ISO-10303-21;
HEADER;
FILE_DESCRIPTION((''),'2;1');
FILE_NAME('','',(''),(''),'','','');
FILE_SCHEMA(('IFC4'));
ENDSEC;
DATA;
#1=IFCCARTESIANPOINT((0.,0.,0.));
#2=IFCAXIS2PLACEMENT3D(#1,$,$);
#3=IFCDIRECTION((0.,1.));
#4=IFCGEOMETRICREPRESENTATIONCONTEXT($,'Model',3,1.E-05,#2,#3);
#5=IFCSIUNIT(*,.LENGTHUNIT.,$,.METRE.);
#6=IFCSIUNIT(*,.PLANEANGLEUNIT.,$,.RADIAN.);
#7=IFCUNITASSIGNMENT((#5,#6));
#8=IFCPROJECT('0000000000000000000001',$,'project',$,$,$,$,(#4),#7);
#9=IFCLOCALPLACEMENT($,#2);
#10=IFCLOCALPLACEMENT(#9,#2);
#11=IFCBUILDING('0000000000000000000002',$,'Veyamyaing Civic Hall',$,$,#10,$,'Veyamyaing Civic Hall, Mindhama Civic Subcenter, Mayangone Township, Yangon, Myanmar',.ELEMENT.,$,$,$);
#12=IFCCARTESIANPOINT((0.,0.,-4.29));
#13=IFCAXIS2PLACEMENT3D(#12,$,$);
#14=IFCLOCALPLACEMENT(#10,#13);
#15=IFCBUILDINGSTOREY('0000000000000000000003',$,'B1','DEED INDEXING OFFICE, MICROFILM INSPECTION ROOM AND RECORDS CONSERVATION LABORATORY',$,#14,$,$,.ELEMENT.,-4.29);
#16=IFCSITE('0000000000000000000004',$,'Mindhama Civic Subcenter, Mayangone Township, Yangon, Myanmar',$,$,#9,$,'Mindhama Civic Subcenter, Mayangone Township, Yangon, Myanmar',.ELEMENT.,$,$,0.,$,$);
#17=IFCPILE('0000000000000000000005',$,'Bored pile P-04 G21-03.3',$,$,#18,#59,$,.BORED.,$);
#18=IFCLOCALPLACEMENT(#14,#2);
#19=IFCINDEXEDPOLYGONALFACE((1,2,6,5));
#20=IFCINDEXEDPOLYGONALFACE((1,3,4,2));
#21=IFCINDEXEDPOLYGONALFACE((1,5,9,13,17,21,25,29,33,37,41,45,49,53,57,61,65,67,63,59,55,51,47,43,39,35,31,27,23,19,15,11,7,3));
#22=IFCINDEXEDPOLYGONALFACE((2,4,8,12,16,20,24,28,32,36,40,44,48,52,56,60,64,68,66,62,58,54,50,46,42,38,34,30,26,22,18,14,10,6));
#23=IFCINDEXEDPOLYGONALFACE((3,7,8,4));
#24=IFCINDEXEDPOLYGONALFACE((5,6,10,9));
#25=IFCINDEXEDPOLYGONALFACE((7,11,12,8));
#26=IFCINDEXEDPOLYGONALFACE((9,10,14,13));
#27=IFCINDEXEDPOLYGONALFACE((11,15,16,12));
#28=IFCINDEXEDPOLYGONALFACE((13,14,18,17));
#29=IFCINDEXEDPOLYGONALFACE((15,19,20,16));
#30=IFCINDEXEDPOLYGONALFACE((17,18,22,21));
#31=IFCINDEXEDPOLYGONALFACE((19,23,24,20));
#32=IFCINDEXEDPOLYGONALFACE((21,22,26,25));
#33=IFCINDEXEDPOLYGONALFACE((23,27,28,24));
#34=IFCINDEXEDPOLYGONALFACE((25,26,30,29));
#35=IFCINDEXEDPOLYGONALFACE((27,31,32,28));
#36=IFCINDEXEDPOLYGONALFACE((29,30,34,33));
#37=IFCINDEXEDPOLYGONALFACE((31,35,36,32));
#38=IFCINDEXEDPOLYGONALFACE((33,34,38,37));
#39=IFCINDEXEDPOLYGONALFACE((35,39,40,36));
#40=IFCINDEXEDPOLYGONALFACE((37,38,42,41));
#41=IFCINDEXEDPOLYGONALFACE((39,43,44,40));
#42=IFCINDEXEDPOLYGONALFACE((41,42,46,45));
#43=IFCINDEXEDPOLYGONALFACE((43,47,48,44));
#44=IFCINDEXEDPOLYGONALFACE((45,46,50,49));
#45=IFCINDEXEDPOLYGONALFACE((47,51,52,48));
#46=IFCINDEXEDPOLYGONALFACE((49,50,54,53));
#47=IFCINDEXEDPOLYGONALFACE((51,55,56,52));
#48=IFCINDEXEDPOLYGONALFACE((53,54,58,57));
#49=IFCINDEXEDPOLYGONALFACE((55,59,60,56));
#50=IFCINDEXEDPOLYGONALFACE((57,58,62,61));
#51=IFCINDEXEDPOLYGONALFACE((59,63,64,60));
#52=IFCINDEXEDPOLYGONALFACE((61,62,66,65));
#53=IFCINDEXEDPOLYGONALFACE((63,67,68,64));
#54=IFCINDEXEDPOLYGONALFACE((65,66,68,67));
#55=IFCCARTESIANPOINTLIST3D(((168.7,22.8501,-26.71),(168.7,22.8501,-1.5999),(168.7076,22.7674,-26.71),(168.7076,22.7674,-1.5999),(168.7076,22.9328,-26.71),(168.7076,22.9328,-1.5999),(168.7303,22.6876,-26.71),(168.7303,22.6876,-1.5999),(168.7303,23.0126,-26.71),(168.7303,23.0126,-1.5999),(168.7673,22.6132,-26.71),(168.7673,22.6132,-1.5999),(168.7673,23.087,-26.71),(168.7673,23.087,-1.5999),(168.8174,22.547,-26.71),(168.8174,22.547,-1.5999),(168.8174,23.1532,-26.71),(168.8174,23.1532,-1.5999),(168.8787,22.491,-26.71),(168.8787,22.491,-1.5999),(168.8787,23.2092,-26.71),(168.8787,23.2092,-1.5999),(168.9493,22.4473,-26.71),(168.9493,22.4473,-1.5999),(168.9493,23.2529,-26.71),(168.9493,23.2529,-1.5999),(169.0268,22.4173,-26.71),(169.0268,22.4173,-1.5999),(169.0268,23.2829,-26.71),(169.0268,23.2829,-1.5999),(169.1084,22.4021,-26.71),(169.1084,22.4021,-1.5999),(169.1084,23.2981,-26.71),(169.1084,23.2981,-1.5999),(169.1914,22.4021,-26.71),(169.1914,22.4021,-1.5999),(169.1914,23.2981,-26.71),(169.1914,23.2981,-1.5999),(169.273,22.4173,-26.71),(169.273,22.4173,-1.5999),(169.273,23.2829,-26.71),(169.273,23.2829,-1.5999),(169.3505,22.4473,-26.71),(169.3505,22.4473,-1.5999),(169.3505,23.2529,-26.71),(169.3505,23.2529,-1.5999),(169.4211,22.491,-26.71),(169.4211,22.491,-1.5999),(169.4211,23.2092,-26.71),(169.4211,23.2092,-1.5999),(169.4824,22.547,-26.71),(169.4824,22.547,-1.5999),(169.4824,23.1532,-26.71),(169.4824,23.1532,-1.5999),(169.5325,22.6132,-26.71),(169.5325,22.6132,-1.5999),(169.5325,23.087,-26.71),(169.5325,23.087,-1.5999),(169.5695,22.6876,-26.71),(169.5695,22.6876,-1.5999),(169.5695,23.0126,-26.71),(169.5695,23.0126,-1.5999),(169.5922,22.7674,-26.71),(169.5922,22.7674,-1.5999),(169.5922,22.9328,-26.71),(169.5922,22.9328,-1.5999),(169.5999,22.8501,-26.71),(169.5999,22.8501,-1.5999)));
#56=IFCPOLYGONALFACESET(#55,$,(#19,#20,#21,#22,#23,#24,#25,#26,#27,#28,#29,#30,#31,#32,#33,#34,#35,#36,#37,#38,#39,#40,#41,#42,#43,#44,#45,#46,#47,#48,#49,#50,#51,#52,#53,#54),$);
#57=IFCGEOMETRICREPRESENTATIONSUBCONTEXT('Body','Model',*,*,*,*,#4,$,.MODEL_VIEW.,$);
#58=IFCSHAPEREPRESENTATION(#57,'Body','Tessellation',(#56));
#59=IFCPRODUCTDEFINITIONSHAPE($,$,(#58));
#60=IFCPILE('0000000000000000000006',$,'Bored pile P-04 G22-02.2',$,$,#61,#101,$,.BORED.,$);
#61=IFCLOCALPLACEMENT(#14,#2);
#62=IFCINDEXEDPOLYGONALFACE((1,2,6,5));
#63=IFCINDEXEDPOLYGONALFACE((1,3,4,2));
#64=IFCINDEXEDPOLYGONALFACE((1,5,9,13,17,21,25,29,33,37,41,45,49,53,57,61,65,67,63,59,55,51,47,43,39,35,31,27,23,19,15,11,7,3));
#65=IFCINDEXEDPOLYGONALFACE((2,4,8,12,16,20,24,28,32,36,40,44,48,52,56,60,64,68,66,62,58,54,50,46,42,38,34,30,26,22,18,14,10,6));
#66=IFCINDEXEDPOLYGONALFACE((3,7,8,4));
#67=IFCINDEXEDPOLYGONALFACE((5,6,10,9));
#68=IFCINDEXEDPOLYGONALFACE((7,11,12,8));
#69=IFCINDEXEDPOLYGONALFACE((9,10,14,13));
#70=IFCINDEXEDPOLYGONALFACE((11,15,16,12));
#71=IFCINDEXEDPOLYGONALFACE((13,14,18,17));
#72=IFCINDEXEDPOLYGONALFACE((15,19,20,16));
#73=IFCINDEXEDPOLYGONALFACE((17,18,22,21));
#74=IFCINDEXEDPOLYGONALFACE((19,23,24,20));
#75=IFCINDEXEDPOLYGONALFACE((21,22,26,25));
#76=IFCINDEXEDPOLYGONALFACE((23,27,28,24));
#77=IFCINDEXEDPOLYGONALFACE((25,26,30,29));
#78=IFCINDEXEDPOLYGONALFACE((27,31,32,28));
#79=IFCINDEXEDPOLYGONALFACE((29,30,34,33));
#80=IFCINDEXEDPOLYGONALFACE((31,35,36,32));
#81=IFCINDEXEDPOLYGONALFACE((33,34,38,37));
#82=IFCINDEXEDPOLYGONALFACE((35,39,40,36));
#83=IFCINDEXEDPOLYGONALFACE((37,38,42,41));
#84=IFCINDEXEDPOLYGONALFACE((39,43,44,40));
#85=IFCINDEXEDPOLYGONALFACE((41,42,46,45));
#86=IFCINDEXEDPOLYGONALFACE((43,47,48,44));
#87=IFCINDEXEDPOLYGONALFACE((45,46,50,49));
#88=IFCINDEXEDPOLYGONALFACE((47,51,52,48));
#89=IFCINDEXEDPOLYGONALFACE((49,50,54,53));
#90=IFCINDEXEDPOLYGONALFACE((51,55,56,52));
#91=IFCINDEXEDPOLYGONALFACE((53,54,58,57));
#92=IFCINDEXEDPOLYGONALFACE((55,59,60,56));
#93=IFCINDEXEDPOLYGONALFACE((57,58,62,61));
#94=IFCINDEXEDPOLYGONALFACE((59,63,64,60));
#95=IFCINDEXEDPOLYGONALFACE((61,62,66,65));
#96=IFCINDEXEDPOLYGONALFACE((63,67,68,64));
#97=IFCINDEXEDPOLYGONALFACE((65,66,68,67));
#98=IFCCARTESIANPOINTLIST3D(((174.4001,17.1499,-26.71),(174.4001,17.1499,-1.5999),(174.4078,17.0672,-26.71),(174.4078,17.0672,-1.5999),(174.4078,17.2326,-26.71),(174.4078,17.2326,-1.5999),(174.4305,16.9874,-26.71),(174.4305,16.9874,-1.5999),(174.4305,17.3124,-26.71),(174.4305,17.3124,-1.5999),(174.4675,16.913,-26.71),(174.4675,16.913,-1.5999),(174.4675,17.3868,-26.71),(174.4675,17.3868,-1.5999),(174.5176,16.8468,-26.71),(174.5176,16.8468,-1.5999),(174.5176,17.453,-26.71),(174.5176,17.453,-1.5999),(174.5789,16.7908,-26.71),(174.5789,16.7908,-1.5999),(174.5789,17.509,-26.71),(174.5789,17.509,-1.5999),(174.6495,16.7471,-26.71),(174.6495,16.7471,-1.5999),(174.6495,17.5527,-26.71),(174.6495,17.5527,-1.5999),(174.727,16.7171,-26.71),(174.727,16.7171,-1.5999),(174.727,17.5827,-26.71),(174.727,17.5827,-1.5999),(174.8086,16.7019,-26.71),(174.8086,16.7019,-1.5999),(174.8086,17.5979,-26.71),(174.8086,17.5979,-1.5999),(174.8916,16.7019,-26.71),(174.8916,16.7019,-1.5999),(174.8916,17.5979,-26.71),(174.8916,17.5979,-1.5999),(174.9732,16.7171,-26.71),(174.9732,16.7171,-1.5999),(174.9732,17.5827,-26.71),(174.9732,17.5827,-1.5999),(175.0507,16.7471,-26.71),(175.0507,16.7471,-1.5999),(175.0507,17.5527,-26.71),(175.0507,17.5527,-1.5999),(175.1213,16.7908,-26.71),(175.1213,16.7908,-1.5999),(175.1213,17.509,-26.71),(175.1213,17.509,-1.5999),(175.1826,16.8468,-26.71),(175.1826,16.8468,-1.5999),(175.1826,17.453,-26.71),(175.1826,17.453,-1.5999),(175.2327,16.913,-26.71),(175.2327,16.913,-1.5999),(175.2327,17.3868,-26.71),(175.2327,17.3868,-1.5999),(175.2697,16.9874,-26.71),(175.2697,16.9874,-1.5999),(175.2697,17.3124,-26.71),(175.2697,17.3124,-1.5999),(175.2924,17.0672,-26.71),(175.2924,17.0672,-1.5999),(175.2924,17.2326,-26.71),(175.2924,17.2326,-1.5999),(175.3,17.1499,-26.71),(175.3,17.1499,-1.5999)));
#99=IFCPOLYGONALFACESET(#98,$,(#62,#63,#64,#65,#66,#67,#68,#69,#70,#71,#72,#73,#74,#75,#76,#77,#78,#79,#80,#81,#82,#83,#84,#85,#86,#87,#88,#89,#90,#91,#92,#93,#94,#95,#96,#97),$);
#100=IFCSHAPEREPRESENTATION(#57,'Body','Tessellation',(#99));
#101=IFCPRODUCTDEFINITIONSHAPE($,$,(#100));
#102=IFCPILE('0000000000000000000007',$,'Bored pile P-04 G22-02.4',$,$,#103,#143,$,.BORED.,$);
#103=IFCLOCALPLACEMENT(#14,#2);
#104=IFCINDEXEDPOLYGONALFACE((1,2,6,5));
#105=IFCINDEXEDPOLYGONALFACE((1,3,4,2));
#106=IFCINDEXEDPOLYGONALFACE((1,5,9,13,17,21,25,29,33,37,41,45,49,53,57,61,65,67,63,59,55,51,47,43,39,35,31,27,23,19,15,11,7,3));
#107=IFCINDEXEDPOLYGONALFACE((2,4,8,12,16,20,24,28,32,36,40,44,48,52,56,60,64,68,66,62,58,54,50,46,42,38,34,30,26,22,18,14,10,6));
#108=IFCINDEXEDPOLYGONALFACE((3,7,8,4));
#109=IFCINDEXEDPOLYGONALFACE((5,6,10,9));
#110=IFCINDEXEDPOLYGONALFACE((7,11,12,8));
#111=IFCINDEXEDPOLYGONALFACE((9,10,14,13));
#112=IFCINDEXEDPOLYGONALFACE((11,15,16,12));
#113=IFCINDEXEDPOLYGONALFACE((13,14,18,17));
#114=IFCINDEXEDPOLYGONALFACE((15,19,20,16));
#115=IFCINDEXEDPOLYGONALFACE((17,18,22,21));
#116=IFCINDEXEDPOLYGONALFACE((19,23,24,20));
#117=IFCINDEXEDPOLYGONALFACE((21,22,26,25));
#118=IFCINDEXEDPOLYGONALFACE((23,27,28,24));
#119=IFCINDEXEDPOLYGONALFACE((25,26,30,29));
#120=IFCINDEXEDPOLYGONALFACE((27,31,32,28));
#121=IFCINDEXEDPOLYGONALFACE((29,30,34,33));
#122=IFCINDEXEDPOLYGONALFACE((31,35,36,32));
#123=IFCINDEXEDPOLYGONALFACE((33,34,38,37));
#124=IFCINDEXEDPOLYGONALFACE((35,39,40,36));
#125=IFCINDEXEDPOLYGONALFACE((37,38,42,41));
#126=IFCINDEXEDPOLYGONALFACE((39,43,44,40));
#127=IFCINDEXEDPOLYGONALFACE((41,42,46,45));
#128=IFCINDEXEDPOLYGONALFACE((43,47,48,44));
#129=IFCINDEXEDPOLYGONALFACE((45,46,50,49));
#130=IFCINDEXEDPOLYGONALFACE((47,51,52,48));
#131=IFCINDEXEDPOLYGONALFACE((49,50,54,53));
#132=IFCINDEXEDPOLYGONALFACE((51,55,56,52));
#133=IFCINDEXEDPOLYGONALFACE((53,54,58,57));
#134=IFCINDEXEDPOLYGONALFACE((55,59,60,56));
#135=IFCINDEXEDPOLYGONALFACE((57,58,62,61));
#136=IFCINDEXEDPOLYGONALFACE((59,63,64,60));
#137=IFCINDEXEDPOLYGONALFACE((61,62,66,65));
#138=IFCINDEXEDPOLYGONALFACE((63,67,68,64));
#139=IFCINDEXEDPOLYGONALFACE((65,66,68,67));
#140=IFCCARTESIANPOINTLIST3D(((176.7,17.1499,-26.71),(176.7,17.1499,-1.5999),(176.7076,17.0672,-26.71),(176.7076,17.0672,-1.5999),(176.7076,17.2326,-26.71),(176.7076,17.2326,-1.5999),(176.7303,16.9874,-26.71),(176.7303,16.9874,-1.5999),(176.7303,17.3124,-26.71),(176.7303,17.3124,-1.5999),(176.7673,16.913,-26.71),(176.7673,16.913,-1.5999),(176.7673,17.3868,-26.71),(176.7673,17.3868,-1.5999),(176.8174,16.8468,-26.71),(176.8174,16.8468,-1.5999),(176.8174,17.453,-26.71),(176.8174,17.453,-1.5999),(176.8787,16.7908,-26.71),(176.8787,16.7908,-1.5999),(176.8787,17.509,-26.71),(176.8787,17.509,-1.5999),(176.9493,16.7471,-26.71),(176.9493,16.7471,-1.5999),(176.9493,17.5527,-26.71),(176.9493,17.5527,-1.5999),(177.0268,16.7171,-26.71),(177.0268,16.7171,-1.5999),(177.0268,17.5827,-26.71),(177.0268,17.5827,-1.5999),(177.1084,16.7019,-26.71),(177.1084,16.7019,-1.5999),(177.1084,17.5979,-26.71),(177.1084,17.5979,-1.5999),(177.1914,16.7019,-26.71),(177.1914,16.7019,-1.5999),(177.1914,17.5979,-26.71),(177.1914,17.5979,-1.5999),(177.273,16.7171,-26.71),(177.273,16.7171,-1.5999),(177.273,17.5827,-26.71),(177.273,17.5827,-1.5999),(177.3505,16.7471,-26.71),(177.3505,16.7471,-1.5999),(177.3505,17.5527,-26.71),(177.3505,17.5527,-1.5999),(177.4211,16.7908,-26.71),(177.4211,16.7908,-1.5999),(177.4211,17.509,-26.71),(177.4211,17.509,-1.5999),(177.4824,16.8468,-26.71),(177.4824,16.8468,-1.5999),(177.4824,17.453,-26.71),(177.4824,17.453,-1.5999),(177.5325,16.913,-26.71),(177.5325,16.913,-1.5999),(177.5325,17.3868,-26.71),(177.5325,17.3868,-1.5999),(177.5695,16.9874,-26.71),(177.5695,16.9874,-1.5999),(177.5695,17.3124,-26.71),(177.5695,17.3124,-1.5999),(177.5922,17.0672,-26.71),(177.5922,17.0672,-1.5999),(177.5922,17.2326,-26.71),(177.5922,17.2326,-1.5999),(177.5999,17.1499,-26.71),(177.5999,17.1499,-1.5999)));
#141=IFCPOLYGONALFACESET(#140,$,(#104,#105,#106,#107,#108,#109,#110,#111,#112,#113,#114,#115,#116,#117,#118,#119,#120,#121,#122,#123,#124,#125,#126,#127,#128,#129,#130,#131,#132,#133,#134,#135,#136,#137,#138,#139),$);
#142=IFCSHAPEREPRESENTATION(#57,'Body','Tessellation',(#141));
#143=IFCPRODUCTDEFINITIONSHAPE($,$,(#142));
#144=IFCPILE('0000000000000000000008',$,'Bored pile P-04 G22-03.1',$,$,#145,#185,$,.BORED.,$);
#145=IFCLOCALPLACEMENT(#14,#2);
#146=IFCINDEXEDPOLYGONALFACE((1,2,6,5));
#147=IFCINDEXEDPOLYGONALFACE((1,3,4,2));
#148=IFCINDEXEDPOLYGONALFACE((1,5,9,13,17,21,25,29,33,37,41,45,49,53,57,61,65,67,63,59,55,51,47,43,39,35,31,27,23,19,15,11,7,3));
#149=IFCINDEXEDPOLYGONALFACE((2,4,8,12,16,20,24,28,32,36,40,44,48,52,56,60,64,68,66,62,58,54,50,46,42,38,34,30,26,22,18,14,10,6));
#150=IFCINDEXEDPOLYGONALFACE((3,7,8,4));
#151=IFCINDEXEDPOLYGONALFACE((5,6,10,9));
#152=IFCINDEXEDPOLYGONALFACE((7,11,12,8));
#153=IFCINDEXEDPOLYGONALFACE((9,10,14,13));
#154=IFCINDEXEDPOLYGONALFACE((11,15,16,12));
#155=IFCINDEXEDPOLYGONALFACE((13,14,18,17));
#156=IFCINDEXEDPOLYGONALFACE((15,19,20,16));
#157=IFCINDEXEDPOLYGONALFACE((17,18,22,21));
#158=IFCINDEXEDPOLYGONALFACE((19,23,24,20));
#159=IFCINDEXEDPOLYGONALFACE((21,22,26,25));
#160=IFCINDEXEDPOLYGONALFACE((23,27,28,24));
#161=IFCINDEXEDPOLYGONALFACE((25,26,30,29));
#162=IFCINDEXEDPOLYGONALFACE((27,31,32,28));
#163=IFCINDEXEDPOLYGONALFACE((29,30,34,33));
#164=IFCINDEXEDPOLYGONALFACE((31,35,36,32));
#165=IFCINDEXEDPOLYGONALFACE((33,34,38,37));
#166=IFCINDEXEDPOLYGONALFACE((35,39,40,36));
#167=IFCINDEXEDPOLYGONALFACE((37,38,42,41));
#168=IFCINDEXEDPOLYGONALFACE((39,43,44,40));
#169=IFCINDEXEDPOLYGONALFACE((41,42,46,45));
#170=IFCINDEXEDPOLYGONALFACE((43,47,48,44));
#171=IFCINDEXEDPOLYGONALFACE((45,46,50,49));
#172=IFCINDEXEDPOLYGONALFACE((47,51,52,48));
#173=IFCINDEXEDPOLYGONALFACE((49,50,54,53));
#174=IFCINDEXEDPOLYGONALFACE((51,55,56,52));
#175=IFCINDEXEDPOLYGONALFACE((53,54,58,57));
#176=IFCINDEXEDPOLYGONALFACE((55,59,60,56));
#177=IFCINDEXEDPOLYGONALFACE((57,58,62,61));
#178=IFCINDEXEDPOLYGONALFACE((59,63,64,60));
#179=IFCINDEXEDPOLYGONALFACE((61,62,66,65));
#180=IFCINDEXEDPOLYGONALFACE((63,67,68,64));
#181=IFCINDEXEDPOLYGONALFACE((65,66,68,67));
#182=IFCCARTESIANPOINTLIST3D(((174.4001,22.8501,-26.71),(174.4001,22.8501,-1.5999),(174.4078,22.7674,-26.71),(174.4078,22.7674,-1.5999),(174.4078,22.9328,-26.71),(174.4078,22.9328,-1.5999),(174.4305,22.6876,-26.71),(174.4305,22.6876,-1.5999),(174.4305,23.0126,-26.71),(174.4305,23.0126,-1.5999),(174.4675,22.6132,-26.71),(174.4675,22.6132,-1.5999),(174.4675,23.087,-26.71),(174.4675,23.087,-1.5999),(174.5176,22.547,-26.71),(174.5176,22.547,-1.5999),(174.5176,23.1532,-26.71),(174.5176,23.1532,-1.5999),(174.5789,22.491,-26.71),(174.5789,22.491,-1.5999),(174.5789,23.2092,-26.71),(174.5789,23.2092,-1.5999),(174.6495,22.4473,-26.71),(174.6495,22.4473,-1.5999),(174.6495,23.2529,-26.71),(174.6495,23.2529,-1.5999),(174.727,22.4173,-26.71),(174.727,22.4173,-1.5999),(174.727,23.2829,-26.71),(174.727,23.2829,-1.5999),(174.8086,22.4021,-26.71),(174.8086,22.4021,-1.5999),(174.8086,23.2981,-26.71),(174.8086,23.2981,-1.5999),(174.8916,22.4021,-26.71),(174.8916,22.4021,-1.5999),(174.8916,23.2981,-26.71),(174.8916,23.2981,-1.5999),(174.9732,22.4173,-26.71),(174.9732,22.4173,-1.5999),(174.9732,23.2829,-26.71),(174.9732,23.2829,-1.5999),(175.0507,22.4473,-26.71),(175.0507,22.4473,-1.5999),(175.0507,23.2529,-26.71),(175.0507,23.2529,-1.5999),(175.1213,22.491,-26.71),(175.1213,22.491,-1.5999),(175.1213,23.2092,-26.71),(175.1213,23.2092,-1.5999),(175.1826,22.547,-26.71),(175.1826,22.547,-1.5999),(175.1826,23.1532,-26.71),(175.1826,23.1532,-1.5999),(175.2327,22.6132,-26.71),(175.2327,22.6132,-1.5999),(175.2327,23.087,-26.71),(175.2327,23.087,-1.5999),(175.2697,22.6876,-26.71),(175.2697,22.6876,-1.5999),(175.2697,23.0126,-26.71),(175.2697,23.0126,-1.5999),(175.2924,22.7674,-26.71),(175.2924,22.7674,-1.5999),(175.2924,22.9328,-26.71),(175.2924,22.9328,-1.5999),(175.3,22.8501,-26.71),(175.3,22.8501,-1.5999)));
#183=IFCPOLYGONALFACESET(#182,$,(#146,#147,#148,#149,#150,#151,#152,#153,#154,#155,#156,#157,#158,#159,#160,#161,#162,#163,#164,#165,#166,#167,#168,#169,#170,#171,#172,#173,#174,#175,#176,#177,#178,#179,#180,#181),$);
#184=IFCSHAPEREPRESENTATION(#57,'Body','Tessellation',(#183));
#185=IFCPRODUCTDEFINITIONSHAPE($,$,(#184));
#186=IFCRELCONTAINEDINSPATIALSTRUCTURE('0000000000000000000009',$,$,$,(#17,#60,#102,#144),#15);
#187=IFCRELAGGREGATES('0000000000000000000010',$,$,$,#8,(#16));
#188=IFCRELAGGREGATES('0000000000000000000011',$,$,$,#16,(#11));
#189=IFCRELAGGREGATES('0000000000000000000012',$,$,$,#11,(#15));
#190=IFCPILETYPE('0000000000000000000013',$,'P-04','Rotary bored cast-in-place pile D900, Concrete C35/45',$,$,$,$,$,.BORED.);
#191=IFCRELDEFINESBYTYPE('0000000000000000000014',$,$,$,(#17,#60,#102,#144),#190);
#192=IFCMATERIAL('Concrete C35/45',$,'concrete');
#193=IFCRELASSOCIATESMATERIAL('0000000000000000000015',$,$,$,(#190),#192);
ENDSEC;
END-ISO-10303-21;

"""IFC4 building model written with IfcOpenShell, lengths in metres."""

from ifc_helpers import new_model, si_unit, direction, frame, origin, origin_2d, place, context, subcontext, project, spatial, circle, extrude, material, material_profile, profile_set, type_object, element, save


model = new_model("IFC4")

# Units and contexts
model_context = context("Model", 3, precision=1e-05, world=origin(), true_north=direction((0.0, 1.0)))
body_context = subcontext(model_context, "Body", "Model", "MODEL_VIEW")
ifc_project = project(units=[si_unit("LENGTHUNIT", "METRE"), si_unit("PLANEANGLEUNIT", "RADIAN")], contexts=[model_context])

# Site, building, storey
site_placement = place(None, origin())
site = spatial("IfcSite", under=ifc_project, at=site_placement, Name="Mindhama Civic Subcenter, Mayangone Township, Yangon, Myanmar", LongName="Mindhama Civic Subcenter, Mayangone Township, Yangon, Myanmar", CompositionType="ELEMENT", RefElevation=0.0)
building_placement = place(site_placement, origin())
building = spatial("IfcBuilding", under=site, at=building_placement, Name="Veyamyaing Civic Hall", LongName="Veyamyaing Civic Hall, Mindhama Civic Subcenter, Mayangone Township, Yangon, Myanmar", CompositionType="ELEMENT")
storey_placement = place(building_placement, frame((0.0, 0.0, -4.29)))
storey = spatial("IfcBuildingStorey", under=building, at=storey_placement, Name="B1", Description="DEED INDEXING OFFICE, MICROFILM INSPECTION ROOM AND RECORDS CONSERVATION LABORATORY", CompositionType="ELEMENT", Elevation=-4.29)

# Piles
ifc_material_1 = material(Name="Concrete C35/45", Category="concrete")
ifc_material_profile_1 = material_profile(ifc_material_1, circle(Radius=0.45, at=origin_2d()), Name="PILE-D900")
ifc_profile_set_1 = profile_set([ifc_material_profile_1], Name="Concrete C35/45")
pile_type = type_object("IfcPileType", Name="P-04", Description="Rotary bored cast-in-place pile D900, Concrete C35/45", PredefinedType="BORED", material=ifc_profile_set_1)
for number, where, z_axis, x_axis, name in (
    (1, (169.1499, 22.8501, -1.5999), (0.0, 0.0, -1.0), (1.0, 0.0, 0.0), "Bored pile P-04 G21-03.3"),
    (2, (174.8501, 17.1499, -1.5999), (0.0, 0.0, -1.0), (1.0, 0.0, 0.0), "Bored pile P-04 G22-02.2"),
    (3, (177.1499, 17.1499, -1.5999), (0.0, 0.0, -1.0), (1.0, 0.0, 0.0), "Bored pile P-04 G22-02.4"),
    (4, (174.8501, 22.8501, -1.5999), (0.0, 0.0, -1.0), (1.0, 0.0, 0.0), "Bored pile P-04 G22-03.1"),
):
    element("IfcPile", number, at=place(storey_placement, frame(where, z_axis=z_axis, x_axis=x_axis)), inside=storey, type_object=pile_type, Name=name, PredefinedType="BORED", context=body_context, shape_type="SweptSolid", body=[
        extrude(circle(Radius=0.45, at=origin_2d()), origin(), (0.0, 0.0, 1.0), 25.1101),
    ])

save(model, "model.ifc")
